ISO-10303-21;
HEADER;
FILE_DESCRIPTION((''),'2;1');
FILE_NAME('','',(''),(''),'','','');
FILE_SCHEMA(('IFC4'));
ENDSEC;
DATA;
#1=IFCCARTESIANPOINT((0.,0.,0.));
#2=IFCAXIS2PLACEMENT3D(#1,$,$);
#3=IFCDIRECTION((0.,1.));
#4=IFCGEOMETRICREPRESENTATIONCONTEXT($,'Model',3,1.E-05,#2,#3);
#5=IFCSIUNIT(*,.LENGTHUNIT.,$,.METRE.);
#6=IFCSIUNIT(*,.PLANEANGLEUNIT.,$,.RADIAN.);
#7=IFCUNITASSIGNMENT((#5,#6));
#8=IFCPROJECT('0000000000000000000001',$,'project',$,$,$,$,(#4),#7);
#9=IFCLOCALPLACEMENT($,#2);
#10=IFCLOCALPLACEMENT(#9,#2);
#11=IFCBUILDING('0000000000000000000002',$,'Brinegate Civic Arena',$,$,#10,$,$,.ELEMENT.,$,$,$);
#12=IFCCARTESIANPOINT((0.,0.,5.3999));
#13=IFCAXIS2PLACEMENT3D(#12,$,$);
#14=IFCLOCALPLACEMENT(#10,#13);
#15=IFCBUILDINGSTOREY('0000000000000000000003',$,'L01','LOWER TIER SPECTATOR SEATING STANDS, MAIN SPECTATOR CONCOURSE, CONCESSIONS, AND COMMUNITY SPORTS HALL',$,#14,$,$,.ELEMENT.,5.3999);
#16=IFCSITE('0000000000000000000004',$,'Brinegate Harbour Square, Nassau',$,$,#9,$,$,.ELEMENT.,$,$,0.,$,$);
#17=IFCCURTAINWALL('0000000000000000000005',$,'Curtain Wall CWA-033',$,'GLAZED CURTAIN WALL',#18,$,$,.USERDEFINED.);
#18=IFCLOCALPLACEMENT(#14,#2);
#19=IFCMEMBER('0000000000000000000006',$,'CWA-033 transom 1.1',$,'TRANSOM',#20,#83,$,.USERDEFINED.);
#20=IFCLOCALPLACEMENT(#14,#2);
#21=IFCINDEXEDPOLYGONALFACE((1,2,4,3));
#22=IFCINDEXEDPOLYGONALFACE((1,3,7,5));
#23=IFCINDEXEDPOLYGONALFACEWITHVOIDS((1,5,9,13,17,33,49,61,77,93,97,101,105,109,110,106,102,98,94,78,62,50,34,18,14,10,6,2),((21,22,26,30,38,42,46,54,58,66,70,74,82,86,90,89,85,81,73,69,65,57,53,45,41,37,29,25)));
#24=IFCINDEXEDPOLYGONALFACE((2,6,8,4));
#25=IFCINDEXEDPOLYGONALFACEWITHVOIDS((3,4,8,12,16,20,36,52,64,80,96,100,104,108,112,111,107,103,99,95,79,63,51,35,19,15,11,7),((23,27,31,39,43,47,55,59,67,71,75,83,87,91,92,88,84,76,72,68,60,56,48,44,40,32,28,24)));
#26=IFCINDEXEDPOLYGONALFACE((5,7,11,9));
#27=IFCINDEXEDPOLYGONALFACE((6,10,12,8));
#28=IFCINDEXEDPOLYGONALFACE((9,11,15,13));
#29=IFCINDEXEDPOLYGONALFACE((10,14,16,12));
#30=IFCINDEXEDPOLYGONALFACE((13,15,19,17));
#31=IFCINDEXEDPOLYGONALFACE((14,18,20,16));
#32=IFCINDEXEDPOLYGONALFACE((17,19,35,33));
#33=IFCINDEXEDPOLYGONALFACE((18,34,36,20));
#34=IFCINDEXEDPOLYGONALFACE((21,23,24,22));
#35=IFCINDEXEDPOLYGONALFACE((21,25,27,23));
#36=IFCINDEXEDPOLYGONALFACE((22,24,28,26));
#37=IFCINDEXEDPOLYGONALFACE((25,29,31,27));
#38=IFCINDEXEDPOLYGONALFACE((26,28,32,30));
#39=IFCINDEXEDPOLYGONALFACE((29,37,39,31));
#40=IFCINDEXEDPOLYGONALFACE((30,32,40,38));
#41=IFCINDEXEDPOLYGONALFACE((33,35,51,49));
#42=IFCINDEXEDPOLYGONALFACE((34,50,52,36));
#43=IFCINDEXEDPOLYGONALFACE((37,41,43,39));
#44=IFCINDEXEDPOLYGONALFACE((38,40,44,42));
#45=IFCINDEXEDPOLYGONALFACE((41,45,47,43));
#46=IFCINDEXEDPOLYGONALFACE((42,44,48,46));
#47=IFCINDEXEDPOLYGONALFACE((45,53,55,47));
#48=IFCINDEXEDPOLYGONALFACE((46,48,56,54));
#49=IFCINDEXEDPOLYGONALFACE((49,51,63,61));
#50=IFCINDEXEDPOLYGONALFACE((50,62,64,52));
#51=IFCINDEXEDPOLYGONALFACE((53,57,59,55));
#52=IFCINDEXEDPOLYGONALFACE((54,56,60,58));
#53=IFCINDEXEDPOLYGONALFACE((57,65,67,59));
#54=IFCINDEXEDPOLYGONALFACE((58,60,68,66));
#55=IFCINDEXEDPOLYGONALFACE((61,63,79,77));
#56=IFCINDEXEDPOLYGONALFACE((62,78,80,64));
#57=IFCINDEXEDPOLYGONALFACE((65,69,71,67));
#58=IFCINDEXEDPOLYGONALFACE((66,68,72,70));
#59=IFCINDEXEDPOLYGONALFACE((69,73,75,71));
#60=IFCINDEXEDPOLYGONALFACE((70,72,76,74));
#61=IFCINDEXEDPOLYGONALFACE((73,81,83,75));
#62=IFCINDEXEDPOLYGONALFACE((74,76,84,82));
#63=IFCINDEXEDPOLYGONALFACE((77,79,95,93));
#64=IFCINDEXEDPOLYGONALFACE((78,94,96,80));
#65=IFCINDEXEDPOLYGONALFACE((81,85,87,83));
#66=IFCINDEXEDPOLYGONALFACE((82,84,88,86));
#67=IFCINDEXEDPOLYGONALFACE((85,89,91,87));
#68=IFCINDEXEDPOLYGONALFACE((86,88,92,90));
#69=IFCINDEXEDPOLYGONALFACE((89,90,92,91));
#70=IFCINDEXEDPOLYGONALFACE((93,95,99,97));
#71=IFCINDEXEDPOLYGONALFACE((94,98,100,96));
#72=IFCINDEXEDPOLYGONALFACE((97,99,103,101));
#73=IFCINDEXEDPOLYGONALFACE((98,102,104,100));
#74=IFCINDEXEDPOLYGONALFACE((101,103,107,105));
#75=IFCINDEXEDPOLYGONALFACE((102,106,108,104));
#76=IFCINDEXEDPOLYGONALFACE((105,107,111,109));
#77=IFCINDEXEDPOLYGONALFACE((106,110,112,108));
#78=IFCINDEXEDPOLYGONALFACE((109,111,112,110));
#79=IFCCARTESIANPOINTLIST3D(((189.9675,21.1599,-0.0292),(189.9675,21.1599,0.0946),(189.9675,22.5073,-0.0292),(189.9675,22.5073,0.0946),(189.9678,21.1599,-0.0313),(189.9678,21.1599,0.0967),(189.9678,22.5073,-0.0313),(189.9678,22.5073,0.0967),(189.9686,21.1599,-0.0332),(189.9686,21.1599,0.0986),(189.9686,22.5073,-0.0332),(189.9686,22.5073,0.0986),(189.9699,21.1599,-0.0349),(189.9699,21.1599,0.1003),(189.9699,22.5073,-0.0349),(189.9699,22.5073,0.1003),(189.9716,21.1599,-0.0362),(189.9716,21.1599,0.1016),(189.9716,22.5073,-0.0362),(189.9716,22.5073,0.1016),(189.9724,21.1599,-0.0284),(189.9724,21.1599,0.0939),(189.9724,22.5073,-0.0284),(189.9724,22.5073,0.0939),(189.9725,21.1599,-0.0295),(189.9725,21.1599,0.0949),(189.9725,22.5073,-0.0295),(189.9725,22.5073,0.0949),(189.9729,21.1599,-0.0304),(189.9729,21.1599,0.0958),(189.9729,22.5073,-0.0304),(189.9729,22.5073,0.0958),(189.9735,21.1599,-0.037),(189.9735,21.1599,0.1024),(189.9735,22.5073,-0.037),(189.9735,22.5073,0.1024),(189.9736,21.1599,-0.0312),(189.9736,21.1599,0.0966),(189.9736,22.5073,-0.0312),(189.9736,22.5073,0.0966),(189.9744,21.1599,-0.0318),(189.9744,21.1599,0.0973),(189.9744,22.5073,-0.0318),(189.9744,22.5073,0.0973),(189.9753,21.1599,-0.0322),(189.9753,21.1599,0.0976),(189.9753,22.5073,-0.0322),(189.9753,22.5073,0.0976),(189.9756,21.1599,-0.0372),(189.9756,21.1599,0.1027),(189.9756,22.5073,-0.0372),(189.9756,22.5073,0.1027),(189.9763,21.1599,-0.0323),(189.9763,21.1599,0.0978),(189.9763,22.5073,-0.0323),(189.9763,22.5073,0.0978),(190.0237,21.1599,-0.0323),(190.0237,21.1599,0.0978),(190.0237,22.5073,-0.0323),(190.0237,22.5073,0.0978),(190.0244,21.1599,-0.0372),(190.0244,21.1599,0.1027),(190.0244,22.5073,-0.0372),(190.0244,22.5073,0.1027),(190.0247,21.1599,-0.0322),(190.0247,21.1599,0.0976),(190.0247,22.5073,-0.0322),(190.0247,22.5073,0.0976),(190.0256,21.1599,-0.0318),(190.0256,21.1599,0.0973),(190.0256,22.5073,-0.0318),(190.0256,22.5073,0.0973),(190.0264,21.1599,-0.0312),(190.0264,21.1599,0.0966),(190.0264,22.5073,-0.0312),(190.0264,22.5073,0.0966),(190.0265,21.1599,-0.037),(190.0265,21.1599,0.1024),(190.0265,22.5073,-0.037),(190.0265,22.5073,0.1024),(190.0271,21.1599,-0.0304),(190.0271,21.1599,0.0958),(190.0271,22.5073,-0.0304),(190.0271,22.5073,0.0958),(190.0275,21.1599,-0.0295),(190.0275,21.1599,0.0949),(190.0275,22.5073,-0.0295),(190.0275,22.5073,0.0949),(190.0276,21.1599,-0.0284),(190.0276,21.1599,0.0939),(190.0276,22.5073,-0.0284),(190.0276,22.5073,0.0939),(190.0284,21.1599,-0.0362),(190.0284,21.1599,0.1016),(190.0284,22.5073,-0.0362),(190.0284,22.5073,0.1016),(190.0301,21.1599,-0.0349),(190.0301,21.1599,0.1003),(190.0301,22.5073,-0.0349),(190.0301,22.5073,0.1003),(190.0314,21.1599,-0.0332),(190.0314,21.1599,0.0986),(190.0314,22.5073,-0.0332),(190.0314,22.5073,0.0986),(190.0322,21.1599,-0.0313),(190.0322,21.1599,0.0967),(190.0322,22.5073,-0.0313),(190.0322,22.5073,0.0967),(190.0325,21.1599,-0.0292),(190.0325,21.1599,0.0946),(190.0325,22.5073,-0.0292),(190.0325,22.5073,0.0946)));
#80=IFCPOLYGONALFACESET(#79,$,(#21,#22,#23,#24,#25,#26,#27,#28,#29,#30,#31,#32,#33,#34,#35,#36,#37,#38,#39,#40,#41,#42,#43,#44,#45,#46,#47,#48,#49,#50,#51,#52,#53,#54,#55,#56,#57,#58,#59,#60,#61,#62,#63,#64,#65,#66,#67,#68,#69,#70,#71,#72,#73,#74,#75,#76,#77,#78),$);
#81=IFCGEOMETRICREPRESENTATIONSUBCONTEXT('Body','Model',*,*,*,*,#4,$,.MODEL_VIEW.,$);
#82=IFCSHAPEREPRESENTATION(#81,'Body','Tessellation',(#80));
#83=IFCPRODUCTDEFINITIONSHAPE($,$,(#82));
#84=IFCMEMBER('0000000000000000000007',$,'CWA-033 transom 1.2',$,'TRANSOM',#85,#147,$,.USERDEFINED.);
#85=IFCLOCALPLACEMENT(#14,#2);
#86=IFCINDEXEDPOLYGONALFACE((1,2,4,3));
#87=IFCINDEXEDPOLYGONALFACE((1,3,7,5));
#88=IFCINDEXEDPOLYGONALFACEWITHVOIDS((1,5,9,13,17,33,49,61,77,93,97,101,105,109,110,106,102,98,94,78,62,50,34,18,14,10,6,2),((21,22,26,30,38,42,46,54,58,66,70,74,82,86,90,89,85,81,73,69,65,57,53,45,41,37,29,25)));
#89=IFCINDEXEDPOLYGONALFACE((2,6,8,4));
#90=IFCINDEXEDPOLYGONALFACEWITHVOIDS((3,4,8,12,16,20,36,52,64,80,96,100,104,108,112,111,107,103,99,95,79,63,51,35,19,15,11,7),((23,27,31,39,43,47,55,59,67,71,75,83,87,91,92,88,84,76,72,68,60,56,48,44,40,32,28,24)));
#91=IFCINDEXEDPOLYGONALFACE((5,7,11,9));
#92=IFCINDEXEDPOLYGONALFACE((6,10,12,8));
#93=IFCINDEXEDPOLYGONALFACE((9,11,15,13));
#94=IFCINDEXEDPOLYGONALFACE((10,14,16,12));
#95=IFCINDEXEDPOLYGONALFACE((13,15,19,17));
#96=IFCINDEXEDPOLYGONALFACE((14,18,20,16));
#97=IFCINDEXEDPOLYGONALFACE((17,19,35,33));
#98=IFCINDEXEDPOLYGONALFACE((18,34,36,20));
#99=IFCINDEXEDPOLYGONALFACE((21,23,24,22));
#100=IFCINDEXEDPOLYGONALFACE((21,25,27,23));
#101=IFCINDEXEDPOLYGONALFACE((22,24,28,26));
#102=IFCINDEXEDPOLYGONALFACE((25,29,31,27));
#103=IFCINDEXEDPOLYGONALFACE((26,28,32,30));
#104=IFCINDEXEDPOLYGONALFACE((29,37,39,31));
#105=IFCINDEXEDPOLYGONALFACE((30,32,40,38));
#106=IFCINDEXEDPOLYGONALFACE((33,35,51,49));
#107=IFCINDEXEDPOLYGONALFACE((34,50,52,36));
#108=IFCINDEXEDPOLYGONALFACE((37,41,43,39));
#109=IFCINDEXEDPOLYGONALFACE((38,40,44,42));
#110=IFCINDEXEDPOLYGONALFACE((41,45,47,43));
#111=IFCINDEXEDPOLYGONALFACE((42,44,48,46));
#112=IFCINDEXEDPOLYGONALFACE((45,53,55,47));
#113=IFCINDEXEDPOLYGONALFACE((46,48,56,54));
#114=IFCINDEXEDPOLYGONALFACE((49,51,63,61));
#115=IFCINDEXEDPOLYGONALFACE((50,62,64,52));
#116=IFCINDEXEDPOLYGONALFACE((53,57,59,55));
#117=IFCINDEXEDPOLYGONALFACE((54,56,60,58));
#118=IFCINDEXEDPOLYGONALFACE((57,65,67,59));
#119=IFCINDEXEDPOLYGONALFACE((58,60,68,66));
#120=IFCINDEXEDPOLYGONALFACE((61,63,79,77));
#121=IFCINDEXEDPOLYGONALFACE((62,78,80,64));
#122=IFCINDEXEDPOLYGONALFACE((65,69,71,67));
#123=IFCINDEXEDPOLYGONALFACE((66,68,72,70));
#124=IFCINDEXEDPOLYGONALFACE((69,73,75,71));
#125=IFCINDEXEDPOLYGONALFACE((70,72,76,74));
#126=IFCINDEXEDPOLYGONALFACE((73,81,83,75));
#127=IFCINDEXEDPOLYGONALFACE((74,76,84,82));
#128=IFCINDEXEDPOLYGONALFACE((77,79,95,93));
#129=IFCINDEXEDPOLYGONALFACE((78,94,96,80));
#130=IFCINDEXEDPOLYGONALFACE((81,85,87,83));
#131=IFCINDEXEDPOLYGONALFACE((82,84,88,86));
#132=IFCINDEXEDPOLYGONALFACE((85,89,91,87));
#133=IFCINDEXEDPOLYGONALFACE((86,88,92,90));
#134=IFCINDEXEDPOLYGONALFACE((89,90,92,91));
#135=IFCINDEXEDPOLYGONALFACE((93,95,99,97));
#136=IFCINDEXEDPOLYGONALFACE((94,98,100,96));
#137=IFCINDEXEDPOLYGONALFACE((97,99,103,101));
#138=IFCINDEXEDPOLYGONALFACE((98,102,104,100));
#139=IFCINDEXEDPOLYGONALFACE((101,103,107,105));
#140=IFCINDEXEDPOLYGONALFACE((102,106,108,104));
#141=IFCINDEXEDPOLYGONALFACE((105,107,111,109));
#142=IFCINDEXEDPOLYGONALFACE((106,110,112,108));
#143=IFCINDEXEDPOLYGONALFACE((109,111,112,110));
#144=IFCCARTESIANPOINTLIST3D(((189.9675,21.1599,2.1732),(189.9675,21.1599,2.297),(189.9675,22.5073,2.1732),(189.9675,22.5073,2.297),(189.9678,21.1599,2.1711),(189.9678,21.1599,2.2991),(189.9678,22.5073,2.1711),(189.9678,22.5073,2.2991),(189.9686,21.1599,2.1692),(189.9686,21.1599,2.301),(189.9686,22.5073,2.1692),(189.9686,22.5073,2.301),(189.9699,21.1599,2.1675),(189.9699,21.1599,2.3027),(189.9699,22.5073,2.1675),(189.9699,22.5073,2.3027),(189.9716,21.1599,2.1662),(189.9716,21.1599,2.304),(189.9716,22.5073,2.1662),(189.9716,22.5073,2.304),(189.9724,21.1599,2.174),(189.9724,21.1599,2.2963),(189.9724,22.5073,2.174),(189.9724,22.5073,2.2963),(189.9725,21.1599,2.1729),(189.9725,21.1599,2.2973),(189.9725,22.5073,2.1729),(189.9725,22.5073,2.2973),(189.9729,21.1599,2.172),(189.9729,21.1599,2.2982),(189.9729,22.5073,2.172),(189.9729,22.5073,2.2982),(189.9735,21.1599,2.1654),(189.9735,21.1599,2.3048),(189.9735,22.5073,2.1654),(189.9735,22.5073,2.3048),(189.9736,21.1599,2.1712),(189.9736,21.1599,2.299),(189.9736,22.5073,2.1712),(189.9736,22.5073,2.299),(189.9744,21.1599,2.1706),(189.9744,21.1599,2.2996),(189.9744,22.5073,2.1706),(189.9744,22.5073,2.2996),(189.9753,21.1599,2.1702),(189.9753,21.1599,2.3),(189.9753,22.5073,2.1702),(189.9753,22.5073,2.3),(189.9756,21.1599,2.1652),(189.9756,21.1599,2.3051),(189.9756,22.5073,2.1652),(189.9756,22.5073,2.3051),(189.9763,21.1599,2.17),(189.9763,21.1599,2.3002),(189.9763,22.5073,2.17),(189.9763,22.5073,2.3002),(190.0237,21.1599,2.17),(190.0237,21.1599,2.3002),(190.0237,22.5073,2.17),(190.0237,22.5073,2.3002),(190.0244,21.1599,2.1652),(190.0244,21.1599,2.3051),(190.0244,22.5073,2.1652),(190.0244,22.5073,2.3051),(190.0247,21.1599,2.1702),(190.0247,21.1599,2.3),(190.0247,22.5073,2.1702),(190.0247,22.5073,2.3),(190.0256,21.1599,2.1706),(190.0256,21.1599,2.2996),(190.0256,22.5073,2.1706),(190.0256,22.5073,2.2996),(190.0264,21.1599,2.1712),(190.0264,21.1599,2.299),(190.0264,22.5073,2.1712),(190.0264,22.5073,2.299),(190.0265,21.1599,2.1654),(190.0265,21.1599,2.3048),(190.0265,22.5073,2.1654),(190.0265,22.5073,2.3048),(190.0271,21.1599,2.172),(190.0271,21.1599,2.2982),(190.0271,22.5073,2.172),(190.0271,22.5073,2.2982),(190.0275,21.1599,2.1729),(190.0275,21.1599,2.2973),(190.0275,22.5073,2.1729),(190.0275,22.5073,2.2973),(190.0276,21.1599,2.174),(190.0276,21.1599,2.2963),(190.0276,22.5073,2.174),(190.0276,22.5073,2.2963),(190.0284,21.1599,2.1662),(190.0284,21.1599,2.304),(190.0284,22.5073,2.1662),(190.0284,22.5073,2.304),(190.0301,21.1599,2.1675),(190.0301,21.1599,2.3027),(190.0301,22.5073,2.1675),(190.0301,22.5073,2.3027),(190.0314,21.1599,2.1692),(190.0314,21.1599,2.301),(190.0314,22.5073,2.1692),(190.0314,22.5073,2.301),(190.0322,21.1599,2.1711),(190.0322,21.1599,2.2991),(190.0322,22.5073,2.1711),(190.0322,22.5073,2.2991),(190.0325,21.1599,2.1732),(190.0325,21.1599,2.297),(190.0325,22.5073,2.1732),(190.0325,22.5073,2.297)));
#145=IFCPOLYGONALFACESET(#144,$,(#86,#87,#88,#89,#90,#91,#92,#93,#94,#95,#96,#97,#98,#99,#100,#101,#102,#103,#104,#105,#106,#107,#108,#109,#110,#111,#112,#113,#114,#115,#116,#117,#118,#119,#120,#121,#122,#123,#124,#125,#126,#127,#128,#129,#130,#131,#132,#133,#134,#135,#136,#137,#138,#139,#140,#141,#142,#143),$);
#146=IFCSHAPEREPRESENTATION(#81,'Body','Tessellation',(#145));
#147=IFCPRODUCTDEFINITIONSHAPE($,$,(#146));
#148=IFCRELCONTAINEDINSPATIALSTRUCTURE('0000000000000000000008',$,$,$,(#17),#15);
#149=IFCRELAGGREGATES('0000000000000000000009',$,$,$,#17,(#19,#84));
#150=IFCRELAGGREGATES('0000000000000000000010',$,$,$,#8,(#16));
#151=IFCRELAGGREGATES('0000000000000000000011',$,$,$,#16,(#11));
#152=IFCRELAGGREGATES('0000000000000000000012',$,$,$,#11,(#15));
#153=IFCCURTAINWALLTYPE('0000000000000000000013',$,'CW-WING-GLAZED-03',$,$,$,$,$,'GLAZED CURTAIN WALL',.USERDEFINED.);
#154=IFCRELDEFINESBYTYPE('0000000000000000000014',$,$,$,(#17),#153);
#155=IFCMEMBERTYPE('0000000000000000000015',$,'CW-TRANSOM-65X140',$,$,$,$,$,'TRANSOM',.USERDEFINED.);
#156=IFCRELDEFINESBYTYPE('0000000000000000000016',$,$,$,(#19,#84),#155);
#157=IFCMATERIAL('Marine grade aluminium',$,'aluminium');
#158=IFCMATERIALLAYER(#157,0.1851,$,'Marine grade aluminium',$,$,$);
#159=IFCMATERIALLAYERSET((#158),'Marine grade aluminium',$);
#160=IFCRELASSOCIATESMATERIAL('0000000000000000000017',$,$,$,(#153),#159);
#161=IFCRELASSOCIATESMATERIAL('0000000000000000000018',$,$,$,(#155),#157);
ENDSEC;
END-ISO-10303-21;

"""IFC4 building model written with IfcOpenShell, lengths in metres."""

from ifc_helpers import new_model, si_unit, direction, frame, origin, origin_2d, place, context, subcontext, project, spatial, hollow_rectangle, extrude, material, layer, layer_set, material_profile, profile_set, type_object, element, aggregate, save


model = new_model("IFC4")

# Units and contexts
model_context = context("Model", 3, precision=1e-05, world=origin(), true_north=direction((0.0, 1.0)))
body_context = subcontext(model_context, "Body", "Model", "MODEL_VIEW")
ifc_project = project(units=[si_unit("LENGTHUNIT", "METRE"), si_unit("PLANEANGLEUNIT", "RADIAN")], contexts=[model_context])

# Site, building, storey
site_placement = place(None, origin())
site = spatial("IfcSite", under=ifc_project, at=site_placement, Name="Brinegate Harbour Square, Nassau", CompositionType="ELEMENT", RefElevation=0.0)
building_placement = place(site_placement, origin())
building = spatial("IfcBuilding", under=site, at=building_placement, Name="Brinegate Civic Arena", CompositionType="ELEMENT")
storey_placement = place(building_placement, frame((0.0, 0.0, 5.3999)))
storey = spatial("IfcBuildingStorey", under=building, at=storey_placement, Name="L01", Description="LOWER TIER SPECTATOR SEATING STANDS, MAIN SPECTATOR CONCOURSE, CONCESSIONS, AND COMMUNITY SPORTS HALL", CompositionType="ELEMENT", Elevation=5.3999)

# Curtain wall
ifc_material_1 = material(Name="Marine grade aluminium", Category="aluminium")
ifc_layer_1 = layer(ifc_material_1, 0.1851, Name="Marine grade aluminium")
ifc_layer_set_1 = layer_set([ifc_layer_1], Name="Marine grade aluminium")
curtain_wall_type = type_object("IfcCurtainWallType", Name="CW-WING-GLAZED-03", ElementType="GLAZED CURTAIN WALL", PredefinedType="USERDEFINED", material=ifc_layer_set_1)
curtain_wall_1_placement = place(storey_placement, origin())
curtain_wall_1 = element("IfcCurtainWall", 1, at=curtain_wall_1_placement, inside=storey, type_object=curtain_wall_type, Name="Curtain Wall CWA-033", ObjectType="GLAZED CURTAIN WALL", PredefinedType="USERDEFINED")

# Members
ifc_material_profile_1 = material_profile(ifc_material_1, hollow_rectangle(XDim=0.0649, YDim=0.1399, WallThickness=0.0049, InnerFilletRadius=0.0039, OuterFilletRadius=0.0081, at=origin_2d()), Name="TRN65X140")
ifc_profile_set_1 = profile_set([ifc_material_profile_1], Name="Marine grade aluminium")
member_type_1 = type_object("IfcMemberType", Name="CW-TRANSOM-65X140", ElementType="TRANSOM", PredefinedType="USERDEFINED", material=ifc_profile_set_1)
member_1_placement = place(storey_placement, frame((190.0, 21.1599, 0.0327), z_axis=(0.0, 1.0, 0.0), x_axis=(-1.0, 0.0, 0.0)))
member_1 = element("IfcMember", 2, at=member_1_placement, type_object=member_type_1, Name="CWA-033 transom 1.1", ObjectType="TRANSOM", PredefinedType="USERDEFINED", context=body_context, shape_type="SweptSolid", body=[
    extrude(hollow_rectangle(XDim=0.0649, YDim=0.1399, WallThickness=0.0049, InnerFilletRadius=0.0039, OuterFilletRadius=0.0081, at=origin_2d()), origin(), (0.0, 0.0, 1.0), 1.3474),
])
member_2_placement = place(storey_placement, frame((190.0, 21.1599, 2.2351), z_axis=(0.0, 1.0, 0.0), x_axis=(-1.0, 0.0, 0.0)))
member_2 = element("IfcMember", 3, at=member_2_placement, type_object=member_type_1, Name="CWA-033 transom 1.2", ObjectType="TRANSOM", PredefinedType="USERDEFINED", context=body_context, shape_type="SweptSolid", body=[
    extrude(hollow_rectangle(XDim=0.0649, YDim=0.1399, WallThickness=0.0049, InnerFilletRadius=0.0039, OuterFilletRadius=0.0081, at=origin_2d()), origin(), (0.0, 0.0, 1.0), 1.3474),
])

aggregate(curtain_wall_1, [member_1, member_2])

save(model, "model.ifc")
